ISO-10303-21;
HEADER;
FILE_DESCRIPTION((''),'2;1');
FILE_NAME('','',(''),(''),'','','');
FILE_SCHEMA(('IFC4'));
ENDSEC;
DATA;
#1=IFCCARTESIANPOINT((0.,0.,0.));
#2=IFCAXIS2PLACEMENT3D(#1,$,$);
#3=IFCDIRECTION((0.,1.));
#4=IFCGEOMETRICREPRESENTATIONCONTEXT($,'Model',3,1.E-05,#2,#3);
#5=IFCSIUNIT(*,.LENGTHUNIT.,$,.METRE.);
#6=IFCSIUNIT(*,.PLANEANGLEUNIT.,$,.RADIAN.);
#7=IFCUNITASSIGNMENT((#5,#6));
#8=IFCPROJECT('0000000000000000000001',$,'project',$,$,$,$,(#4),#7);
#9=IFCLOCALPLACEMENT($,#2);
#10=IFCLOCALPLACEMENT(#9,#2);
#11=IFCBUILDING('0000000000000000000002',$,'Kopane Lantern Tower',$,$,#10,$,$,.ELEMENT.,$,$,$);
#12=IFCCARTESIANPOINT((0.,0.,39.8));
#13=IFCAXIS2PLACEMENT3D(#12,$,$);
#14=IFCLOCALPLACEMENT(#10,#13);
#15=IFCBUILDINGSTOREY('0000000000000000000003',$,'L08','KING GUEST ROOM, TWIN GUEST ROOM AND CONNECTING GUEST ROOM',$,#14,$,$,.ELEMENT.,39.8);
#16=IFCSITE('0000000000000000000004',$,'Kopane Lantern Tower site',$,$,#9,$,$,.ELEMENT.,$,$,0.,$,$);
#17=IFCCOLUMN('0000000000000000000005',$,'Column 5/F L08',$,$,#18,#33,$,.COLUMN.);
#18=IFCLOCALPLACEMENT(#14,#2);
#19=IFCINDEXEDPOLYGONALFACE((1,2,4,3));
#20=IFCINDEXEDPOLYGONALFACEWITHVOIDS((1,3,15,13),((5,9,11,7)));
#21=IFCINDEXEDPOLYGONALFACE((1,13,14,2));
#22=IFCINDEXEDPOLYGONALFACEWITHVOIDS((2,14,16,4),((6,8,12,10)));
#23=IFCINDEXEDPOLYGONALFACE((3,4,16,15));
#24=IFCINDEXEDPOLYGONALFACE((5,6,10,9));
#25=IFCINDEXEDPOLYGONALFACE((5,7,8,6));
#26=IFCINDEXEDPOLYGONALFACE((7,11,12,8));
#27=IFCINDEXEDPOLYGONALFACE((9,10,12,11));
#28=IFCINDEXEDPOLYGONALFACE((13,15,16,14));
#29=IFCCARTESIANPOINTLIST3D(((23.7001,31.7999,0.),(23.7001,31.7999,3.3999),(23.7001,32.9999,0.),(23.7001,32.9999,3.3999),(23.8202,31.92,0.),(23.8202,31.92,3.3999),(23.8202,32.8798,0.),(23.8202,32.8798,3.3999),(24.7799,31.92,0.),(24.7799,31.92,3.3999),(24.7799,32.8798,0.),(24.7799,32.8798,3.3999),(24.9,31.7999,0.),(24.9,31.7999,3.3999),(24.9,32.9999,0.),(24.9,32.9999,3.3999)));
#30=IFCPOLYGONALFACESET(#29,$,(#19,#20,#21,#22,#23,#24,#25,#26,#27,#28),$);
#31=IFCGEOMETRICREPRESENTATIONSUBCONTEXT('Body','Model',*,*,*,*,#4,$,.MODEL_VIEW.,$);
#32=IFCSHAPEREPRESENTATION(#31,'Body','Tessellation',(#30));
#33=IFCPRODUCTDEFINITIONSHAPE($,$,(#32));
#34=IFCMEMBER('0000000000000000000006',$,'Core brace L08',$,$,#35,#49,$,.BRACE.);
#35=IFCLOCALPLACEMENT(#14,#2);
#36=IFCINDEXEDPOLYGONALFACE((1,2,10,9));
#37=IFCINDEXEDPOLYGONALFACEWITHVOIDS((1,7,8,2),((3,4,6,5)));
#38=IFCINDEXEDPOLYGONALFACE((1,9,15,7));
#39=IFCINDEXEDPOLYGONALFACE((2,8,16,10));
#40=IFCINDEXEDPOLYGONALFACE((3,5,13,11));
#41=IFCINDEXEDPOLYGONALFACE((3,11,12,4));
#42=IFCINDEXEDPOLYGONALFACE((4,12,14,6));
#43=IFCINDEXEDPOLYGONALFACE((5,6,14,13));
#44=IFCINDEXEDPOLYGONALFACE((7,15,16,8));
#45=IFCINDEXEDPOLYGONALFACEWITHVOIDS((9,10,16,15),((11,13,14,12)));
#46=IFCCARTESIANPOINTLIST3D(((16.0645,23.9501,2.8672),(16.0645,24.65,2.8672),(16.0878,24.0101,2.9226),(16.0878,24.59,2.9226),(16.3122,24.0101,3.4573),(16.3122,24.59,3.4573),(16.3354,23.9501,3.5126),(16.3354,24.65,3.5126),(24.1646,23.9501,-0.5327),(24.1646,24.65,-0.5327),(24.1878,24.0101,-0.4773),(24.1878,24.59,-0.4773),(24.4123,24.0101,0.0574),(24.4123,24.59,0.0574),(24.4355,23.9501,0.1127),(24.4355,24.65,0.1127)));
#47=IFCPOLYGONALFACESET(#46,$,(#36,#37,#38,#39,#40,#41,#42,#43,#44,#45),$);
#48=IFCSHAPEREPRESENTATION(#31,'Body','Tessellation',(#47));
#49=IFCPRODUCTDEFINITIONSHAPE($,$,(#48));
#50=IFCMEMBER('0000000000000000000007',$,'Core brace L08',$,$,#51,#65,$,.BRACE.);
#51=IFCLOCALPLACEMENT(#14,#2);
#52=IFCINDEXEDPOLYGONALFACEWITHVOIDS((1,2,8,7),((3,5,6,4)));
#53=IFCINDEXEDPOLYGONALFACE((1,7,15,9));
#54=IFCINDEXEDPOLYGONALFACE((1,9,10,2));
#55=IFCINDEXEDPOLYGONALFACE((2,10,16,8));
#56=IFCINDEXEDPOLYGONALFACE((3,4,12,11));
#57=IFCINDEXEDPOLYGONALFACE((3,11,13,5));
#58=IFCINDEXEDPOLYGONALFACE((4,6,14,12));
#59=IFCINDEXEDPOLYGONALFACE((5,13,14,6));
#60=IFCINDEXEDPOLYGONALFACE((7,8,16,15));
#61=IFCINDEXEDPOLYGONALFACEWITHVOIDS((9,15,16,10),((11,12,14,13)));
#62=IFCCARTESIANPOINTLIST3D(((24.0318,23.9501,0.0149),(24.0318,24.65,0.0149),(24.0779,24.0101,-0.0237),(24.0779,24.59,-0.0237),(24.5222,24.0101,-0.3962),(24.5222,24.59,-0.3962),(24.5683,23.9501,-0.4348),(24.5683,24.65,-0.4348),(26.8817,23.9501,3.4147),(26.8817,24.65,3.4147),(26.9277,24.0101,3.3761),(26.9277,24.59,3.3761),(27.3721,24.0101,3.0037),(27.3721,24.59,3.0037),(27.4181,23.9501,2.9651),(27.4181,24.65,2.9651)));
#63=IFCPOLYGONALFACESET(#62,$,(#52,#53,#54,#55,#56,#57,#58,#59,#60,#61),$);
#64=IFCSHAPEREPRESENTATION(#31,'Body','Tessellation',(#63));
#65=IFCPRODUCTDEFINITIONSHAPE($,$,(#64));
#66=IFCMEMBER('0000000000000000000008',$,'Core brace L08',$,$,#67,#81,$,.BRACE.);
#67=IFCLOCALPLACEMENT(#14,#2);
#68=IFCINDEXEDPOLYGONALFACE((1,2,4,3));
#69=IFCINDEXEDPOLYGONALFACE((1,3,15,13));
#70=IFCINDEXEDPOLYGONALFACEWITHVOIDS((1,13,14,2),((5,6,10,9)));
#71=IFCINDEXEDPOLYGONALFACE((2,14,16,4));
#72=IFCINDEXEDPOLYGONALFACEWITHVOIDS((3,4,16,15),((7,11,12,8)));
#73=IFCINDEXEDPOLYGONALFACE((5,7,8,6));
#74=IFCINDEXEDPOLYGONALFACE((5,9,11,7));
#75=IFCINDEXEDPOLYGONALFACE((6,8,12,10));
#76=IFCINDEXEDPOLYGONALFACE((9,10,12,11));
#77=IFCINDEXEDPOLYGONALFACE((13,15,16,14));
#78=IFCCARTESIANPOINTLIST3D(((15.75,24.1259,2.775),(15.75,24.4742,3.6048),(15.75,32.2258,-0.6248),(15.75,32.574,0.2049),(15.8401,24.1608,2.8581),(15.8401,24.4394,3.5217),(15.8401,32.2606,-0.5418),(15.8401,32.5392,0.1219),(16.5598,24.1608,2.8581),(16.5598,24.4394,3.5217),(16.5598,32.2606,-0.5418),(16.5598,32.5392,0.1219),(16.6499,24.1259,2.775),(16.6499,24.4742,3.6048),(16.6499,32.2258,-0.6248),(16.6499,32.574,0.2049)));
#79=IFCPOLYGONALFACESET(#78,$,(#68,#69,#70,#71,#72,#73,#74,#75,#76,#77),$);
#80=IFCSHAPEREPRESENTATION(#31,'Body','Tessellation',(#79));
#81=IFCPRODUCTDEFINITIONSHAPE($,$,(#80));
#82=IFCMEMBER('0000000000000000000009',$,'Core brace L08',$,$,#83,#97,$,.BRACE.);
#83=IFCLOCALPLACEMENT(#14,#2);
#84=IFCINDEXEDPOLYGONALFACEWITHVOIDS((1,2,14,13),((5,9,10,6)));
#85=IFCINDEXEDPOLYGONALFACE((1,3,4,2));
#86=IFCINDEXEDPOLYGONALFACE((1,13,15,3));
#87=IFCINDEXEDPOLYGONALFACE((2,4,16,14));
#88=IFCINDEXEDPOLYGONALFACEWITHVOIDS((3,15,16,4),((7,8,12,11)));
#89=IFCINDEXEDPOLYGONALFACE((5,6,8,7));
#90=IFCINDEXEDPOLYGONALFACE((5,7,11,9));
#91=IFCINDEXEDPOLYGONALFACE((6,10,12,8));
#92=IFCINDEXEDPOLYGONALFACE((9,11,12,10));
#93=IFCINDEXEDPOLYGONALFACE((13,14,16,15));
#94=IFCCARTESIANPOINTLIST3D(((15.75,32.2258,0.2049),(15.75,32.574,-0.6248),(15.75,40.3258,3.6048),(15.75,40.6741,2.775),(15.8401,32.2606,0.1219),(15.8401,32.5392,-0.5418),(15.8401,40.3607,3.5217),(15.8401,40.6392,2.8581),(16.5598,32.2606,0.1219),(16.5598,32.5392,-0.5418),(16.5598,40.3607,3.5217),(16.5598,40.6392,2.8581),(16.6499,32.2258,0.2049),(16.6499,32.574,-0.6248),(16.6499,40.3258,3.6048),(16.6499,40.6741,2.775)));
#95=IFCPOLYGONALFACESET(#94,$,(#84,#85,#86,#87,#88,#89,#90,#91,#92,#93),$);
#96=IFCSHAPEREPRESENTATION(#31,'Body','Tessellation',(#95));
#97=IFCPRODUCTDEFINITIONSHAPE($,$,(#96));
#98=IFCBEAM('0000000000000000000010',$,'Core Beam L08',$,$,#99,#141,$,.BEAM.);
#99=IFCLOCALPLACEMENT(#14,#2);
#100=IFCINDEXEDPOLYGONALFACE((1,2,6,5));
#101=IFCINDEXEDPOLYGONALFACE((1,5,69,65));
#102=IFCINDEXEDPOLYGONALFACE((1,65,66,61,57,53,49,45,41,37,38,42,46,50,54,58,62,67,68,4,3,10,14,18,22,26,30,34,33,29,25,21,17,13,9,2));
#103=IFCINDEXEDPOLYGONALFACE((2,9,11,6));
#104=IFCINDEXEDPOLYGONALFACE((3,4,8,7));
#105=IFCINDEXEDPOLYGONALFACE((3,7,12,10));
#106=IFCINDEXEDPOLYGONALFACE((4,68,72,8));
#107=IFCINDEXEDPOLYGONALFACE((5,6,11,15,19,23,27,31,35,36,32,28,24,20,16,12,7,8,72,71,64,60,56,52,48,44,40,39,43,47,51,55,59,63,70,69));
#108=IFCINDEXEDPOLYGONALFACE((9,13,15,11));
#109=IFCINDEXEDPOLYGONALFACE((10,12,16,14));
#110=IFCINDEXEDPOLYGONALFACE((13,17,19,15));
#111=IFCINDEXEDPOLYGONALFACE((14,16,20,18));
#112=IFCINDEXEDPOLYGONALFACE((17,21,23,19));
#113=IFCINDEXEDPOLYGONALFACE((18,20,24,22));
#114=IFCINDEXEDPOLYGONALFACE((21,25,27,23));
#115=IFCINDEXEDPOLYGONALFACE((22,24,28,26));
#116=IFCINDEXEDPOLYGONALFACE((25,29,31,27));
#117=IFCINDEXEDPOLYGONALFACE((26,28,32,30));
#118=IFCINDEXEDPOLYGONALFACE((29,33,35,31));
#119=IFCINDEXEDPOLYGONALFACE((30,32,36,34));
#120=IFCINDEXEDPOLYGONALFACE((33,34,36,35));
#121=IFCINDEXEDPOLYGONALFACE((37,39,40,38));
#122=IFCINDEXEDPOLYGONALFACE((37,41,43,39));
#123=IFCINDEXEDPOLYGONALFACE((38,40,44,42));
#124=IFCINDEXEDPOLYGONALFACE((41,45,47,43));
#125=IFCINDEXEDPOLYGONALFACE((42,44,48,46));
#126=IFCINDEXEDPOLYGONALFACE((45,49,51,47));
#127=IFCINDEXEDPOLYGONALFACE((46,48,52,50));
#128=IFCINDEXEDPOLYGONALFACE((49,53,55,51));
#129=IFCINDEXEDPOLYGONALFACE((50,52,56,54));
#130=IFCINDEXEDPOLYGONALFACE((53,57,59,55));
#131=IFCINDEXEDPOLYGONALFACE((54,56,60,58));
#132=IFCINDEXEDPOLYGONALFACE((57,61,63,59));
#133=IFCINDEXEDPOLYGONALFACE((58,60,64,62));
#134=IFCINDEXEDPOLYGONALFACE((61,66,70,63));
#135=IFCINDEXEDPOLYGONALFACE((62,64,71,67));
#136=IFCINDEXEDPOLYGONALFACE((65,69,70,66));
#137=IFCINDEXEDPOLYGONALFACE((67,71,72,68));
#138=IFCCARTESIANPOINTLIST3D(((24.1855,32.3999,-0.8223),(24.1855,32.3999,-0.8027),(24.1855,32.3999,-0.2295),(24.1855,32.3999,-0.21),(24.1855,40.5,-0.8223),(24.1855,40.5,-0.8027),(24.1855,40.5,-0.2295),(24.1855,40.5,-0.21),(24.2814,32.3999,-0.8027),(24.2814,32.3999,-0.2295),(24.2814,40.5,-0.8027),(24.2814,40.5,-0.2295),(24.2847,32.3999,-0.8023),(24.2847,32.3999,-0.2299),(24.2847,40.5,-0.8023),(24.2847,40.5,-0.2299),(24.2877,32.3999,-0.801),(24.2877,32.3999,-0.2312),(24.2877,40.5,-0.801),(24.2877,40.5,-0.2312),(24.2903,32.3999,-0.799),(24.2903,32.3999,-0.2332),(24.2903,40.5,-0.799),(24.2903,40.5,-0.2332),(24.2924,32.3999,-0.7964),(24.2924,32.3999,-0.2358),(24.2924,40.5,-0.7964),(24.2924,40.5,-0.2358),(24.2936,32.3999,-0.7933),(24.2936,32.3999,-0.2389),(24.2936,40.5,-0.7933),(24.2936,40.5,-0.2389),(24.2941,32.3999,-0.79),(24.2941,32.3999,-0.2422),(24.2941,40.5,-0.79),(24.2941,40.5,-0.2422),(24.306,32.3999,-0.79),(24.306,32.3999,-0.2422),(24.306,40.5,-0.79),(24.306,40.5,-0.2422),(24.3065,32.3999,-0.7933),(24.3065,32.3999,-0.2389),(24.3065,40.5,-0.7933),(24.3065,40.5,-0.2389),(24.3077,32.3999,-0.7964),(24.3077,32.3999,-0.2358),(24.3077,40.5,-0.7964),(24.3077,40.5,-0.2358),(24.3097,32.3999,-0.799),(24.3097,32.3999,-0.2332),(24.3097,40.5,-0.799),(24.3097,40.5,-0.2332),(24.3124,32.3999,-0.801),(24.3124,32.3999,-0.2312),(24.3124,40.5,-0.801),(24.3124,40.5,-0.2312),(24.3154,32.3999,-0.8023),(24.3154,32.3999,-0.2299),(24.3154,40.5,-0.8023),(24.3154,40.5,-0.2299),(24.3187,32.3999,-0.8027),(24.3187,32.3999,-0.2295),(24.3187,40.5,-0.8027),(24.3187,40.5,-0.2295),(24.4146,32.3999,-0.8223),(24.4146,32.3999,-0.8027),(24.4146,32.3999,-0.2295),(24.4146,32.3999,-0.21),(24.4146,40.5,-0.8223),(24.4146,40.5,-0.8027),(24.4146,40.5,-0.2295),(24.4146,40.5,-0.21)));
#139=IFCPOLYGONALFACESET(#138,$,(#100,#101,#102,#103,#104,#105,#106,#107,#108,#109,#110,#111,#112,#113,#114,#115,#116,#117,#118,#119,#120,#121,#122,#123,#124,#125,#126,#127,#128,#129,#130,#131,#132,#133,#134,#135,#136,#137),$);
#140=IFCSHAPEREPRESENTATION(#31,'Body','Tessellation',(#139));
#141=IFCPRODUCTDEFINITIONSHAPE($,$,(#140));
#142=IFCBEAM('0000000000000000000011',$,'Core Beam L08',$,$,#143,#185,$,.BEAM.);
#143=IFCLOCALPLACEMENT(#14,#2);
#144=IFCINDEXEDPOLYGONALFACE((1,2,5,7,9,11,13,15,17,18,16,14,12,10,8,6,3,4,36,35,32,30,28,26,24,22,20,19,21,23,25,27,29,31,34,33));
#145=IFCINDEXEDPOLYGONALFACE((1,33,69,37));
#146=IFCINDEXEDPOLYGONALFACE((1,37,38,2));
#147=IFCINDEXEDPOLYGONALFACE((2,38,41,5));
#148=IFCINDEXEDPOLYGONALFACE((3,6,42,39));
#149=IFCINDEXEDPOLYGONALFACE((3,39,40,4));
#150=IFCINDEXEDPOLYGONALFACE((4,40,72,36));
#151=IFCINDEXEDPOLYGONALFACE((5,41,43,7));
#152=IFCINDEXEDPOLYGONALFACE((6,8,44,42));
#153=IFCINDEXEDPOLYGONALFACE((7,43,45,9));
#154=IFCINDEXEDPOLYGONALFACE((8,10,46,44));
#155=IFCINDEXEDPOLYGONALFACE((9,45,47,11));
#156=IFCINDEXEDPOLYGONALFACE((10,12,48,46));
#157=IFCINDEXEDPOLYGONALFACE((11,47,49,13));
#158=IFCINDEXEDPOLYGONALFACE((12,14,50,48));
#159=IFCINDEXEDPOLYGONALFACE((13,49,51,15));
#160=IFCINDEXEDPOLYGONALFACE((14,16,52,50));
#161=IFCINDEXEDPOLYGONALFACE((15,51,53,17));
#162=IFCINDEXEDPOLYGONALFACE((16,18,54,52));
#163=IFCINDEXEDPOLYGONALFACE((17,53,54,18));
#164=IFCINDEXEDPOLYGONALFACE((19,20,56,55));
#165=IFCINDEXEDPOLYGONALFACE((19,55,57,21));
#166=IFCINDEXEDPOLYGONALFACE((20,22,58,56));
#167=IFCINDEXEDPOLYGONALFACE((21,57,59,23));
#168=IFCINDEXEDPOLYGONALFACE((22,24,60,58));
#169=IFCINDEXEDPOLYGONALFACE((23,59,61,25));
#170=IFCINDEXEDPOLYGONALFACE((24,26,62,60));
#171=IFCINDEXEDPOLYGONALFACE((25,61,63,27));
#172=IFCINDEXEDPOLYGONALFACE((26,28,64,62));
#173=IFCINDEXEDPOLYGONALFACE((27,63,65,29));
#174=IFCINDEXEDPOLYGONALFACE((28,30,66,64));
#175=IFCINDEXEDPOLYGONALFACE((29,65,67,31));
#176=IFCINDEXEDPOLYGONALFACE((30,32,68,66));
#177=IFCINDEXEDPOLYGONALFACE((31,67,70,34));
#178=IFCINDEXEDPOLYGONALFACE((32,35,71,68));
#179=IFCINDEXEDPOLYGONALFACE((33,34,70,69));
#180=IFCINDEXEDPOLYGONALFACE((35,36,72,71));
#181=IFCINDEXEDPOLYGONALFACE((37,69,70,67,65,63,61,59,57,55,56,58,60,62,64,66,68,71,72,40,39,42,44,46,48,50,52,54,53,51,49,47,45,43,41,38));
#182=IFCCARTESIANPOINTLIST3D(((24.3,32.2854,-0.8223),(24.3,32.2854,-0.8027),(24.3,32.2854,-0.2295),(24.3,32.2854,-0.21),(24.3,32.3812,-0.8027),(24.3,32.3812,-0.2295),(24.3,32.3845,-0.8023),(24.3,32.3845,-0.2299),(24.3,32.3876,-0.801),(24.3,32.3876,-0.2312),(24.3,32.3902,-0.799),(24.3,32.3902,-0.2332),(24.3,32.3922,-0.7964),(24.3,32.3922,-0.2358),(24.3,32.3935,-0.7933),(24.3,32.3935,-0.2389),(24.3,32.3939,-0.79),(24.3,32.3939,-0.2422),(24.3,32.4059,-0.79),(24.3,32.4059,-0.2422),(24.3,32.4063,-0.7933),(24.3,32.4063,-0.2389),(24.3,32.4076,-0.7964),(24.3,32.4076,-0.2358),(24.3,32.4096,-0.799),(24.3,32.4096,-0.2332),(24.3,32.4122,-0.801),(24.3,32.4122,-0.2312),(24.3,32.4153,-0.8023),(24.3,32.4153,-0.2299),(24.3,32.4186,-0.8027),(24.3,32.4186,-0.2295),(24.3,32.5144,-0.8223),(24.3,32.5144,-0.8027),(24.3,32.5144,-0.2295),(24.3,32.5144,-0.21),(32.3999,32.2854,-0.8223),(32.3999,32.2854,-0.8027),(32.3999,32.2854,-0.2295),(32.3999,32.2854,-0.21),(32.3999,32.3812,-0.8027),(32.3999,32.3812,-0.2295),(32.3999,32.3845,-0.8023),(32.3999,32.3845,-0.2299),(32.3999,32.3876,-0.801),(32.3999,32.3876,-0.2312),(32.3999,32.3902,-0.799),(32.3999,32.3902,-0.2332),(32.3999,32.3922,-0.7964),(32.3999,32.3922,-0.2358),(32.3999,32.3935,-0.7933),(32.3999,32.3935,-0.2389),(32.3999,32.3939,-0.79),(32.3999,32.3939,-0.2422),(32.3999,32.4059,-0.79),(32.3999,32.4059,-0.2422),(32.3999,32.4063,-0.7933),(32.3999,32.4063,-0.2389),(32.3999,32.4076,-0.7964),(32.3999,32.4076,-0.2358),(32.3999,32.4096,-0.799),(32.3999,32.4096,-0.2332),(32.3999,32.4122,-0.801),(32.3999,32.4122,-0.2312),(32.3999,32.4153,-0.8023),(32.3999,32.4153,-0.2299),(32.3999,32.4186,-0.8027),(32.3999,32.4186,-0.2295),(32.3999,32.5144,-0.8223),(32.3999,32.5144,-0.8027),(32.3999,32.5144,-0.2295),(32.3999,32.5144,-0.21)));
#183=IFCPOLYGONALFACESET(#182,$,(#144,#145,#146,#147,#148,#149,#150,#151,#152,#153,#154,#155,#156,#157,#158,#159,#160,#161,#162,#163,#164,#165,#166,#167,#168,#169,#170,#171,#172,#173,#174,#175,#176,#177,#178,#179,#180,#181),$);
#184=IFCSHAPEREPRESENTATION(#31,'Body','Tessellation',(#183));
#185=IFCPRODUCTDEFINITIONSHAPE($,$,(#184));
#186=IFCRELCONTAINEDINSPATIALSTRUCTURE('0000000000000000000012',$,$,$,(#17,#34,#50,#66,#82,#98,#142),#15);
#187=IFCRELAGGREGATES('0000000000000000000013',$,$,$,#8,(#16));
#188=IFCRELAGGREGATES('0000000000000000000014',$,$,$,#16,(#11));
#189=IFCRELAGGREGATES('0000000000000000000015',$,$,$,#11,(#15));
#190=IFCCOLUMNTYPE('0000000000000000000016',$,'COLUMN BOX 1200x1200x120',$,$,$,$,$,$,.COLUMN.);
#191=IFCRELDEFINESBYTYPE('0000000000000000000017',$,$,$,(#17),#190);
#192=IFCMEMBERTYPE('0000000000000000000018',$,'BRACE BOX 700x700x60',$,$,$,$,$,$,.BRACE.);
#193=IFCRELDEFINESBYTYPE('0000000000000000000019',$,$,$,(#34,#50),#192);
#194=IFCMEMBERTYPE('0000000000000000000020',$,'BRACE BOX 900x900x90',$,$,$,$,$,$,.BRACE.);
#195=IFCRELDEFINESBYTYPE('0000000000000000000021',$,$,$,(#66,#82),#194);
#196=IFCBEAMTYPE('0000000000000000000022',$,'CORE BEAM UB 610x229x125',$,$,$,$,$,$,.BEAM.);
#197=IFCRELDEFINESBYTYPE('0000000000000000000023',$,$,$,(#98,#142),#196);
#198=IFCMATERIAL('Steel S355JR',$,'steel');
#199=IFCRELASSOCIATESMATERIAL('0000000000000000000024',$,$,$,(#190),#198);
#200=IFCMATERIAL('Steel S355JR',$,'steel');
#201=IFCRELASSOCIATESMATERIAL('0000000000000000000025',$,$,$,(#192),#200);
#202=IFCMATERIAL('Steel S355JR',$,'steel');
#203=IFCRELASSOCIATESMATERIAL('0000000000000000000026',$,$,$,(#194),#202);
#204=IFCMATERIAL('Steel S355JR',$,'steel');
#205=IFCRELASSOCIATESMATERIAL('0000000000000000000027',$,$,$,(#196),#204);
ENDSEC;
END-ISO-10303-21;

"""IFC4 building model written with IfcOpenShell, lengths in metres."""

from ifc_helpers import new_model, si_unit, direction, frame, origin, origin_2d, place, context, subcontext, project, spatial, hollow_rectangle, i_section, extrude, material, material_profile, profile_set, type_object, element, save


model = new_model("IFC4")

# Units and contexts
model_context = context("Model", 3, precision=1e-05, world=origin(), true_north=direction((0.0, 1.0)))
body_context = subcontext(model_context, "Body", "Model", "MODEL_VIEW")
ifc_project = project(units=[si_unit("LENGTHUNIT", "METRE"), si_unit("PLANEANGLEUNIT", "RADIAN")], contexts=[model_context])

# Site, building, storey
site_placement = place(None, origin())
site = spatial("IfcSite", under=ifc_project, at=site_placement, Name="Kopane Lantern Tower site", CompositionType="ELEMENT", RefElevation=0.0)
building_placement = place(site_placement, origin())
building = spatial("IfcBuilding", under=site, at=building_placement, Name="Kopane Lantern Tower", CompositionType="ELEMENT")
storey_placement = place(building_placement, frame((0.0, 0.0, 39.8)))
storey = spatial("IfcBuildingStorey", under=building, at=storey_placement, Name="L08", Description="KING GUEST ROOM, TWIN GUEST ROOM AND CONNECTING GUEST ROOM", CompositionType="ELEMENT", Elevation=39.8)

# Column
ifc_material_1 = material(Name="Steel S355JR", Category="steel")
ifc_material_profile_1 = material_profile(ifc_material_1, hollow_rectangle(XDim=1.2, YDim=1.2, WallThickness=0.1201, at=origin_2d()), Name="BOX 1200x1200x120")
ifc_profile_set_1 = profile_set([ifc_material_profile_1], Name="Steel S355JR")
column_type = type_object("IfcColumnType", Name="COLUMN BOX 1200x1200x120", PredefinedType="COLUMN", material=ifc_profile_set_1)
column_placement = place(storey_placement, frame((24.3, 32.3999, 0.0), z_axis=(0.0, 0.0, 1.0), x_axis=(1.0, 0.0, 0.0)))
element("IfcColumn", 1, at=column_placement, inside=storey, type_object=column_type, Name="Column 5/F L08", PredefinedType="COLUMN", context=body_context, shape_type="SweptSolid", body=[
    extrude(hollow_rectangle(XDim=1.2, YDim=1.2, WallThickness=0.1201, at=origin_2d()), origin(), (0.0, 0.0, 1.0), 3.3999),
])

# Members
ifc_material_2 = material(Name="Steel S355JR", Category="steel")
ifc_material_profile_2 = material_profile(ifc_material_2, hollow_rectangle(XDim=0.7, YDim=0.7, WallThickness=0.0601, at=origin_2d()), Name="BOX 700x700x60")
ifc_profile_set_2 = profile_set([ifc_material_profile_2], Name="Steel S355JR")
member_type_1 = type_object("IfcMemberType", Name="BRACE BOX 700x700x60", PredefinedType="BRACE", material=ifc_profile_set_2)
member_1_placement = place(storey_placement, frame((24.3, 24.3, -0.21), z_axis=(-0.922069, 0.0, 0.387026), x_axis=(0.0, -1.0, 0.0)))
element("IfcMember", 2, at=member_1_placement, inside=storey, type_object=member_type_1, Name="Core brace L08", PredefinedType="BRACE", context=body_context, shape_type="SweptSolid", body=[
    extrude(hollow_rectangle(XDim=0.7, YDim=0.7, WallThickness=0.0601, at=origin_2d()), origin(), (0.0, 0.0, 1.0), 8.7847),
])
member_2_placement = place(storey_placement, frame((24.3, 24.3, -0.21), z_axis=(0.64239, 0.0, 0.766378), x_axis=(0.0, 1.0, 0.0)))
element("IfcMember", 3, at=member_2_placement, inside=storey, type_object=member_type_1, Name="Core brace L08", PredefinedType="BRACE", context=body_context, shape_type="SweptSolid", body=[
    extrude(hollow_rectangle(XDim=0.7, YDim=0.7, WallThickness=0.0601, at=origin_2d()), origin(), (0.0, 0.0, 1.0), 4.4363),
])
ifc_material_3 = material(Name="Steel S355JR", Category="steel")
ifc_material_profile_3 = material_profile(ifc_material_3, hollow_rectangle(XDim=0.8999, YDim=0.8999, WallThickness=0.0901, at=origin_2d()), Name="BOX 900x900x90")
ifc_profile_set_3 = profile_set([ifc_material_profile_3], Name="Steel S355JR")
member_type_2 = type_object("IfcMemberType", Name="BRACE BOX 900x900x90", PredefinedType="BRACE", material=ifc_profile_set_3)
member_3_placement = place(storey_placement, frame((16.2, 32.3999, -0.21), z_axis=(0.0, -0.922065, 0.387035), x_axis=(1.0, 0.0, 0.0)))
element("IfcMember", 4, at=member_3_placement, inside=storey, type_object=member_type_2, Name="Core brace L08", PredefinedType="BRACE", context=body_context, shape_type="SweptSolid", body=[
    extrude(hollow_rectangle(XDim=0.8999, YDim=0.8999, WallThickness=0.0901, at=origin_2d()), origin(), (0.0, 0.0, 1.0), 8.7844),
])
member_4_placement = place(storey_placement, frame((16.2, 32.3999, -0.21), z_axis=(0.0, 0.922069, 0.387026), x_axis=(-1.0, 0.0, 0.0)))
element("IfcMember", 5, at=member_4_placement, inside=storey, type_object=member_type_2, Name="Core brace L08", PredefinedType="BRACE", context=body_context, shape_type="SweptSolid", body=[
    extrude(hollow_rectangle(XDim=0.8999, YDim=0.8999, WallThickness=0.0901, at=origin_2d()), origin(), (0.0, 0.0, 1.0), 8.7847),
])

# Beams
ifc_material_4 = material(Name="Steel S355JR", Category="steel")
ifc_material_profile_4 = material_profile(ifc_material_4, i_section(OverallWidth=0.229, OverallDepth=0.6123, WebThickness=0.012, FlangeThickness=0.0195, FilletRadius=0.0127, at=origin_2d()), Name="UB 610x229x125")
ifc_profile_set_4 = profile_set([ifc_material_profile_4], Name="Steel S355JR")
beam_type_1 = type_object("IfcBeamType", Name="CORE BEAM UB 610x229x125", PredefinedType="BEAM", material=ifc_profile_set_4)
beam_1_placement = place(storey_placement, frame((24.3, 32.3999, -0.5161), z_axis=(0.0, 1.0, 0.0), x_axis=(-1.0, 0.0, 0.0)))
element("IfcBeam", 6, at=beam_1_placement, inside=storey, type_object=beam_type_1, Name="Core Beam L08", PredefinedType="BEAM", context=body_context, shape_type="SweptSolid", body=[
    extrude(i_section(OverallWidth=0.229, OverallDepth=0.6123, WebThickness=0.012, FlangeThickness=0.0195, FilletRadius=0.0127, at=origin_2d()), origin(), (0.0, 0.0, 1.0), 8.1001),
])
beam_2_placement = place(storey_placement, frame((24.3, 32.3999, -0.5161), z_axis=(1.0, 0.0, 0.0), x_axis=(0.0, 1.0, 0.0)))
element("IfcBeam", 7, at=beam_2_placement, inside=storey, type_object=beam_type_1, Name="Core Beam L08", PredefinedType="BEAM", context=body_context, shape_type="SweptSolid", body=[
    extrude(i_section(OverallWidth=0.229, OverallDepth=0.6123, WebThickness=0.012, FlangeThickness=0.0195, FilletRadius=0.0127, at=origin_2d()), origin(), (0.0, 0.0, 1.0), 8.0999),
])

save(model, "model.ifc")
